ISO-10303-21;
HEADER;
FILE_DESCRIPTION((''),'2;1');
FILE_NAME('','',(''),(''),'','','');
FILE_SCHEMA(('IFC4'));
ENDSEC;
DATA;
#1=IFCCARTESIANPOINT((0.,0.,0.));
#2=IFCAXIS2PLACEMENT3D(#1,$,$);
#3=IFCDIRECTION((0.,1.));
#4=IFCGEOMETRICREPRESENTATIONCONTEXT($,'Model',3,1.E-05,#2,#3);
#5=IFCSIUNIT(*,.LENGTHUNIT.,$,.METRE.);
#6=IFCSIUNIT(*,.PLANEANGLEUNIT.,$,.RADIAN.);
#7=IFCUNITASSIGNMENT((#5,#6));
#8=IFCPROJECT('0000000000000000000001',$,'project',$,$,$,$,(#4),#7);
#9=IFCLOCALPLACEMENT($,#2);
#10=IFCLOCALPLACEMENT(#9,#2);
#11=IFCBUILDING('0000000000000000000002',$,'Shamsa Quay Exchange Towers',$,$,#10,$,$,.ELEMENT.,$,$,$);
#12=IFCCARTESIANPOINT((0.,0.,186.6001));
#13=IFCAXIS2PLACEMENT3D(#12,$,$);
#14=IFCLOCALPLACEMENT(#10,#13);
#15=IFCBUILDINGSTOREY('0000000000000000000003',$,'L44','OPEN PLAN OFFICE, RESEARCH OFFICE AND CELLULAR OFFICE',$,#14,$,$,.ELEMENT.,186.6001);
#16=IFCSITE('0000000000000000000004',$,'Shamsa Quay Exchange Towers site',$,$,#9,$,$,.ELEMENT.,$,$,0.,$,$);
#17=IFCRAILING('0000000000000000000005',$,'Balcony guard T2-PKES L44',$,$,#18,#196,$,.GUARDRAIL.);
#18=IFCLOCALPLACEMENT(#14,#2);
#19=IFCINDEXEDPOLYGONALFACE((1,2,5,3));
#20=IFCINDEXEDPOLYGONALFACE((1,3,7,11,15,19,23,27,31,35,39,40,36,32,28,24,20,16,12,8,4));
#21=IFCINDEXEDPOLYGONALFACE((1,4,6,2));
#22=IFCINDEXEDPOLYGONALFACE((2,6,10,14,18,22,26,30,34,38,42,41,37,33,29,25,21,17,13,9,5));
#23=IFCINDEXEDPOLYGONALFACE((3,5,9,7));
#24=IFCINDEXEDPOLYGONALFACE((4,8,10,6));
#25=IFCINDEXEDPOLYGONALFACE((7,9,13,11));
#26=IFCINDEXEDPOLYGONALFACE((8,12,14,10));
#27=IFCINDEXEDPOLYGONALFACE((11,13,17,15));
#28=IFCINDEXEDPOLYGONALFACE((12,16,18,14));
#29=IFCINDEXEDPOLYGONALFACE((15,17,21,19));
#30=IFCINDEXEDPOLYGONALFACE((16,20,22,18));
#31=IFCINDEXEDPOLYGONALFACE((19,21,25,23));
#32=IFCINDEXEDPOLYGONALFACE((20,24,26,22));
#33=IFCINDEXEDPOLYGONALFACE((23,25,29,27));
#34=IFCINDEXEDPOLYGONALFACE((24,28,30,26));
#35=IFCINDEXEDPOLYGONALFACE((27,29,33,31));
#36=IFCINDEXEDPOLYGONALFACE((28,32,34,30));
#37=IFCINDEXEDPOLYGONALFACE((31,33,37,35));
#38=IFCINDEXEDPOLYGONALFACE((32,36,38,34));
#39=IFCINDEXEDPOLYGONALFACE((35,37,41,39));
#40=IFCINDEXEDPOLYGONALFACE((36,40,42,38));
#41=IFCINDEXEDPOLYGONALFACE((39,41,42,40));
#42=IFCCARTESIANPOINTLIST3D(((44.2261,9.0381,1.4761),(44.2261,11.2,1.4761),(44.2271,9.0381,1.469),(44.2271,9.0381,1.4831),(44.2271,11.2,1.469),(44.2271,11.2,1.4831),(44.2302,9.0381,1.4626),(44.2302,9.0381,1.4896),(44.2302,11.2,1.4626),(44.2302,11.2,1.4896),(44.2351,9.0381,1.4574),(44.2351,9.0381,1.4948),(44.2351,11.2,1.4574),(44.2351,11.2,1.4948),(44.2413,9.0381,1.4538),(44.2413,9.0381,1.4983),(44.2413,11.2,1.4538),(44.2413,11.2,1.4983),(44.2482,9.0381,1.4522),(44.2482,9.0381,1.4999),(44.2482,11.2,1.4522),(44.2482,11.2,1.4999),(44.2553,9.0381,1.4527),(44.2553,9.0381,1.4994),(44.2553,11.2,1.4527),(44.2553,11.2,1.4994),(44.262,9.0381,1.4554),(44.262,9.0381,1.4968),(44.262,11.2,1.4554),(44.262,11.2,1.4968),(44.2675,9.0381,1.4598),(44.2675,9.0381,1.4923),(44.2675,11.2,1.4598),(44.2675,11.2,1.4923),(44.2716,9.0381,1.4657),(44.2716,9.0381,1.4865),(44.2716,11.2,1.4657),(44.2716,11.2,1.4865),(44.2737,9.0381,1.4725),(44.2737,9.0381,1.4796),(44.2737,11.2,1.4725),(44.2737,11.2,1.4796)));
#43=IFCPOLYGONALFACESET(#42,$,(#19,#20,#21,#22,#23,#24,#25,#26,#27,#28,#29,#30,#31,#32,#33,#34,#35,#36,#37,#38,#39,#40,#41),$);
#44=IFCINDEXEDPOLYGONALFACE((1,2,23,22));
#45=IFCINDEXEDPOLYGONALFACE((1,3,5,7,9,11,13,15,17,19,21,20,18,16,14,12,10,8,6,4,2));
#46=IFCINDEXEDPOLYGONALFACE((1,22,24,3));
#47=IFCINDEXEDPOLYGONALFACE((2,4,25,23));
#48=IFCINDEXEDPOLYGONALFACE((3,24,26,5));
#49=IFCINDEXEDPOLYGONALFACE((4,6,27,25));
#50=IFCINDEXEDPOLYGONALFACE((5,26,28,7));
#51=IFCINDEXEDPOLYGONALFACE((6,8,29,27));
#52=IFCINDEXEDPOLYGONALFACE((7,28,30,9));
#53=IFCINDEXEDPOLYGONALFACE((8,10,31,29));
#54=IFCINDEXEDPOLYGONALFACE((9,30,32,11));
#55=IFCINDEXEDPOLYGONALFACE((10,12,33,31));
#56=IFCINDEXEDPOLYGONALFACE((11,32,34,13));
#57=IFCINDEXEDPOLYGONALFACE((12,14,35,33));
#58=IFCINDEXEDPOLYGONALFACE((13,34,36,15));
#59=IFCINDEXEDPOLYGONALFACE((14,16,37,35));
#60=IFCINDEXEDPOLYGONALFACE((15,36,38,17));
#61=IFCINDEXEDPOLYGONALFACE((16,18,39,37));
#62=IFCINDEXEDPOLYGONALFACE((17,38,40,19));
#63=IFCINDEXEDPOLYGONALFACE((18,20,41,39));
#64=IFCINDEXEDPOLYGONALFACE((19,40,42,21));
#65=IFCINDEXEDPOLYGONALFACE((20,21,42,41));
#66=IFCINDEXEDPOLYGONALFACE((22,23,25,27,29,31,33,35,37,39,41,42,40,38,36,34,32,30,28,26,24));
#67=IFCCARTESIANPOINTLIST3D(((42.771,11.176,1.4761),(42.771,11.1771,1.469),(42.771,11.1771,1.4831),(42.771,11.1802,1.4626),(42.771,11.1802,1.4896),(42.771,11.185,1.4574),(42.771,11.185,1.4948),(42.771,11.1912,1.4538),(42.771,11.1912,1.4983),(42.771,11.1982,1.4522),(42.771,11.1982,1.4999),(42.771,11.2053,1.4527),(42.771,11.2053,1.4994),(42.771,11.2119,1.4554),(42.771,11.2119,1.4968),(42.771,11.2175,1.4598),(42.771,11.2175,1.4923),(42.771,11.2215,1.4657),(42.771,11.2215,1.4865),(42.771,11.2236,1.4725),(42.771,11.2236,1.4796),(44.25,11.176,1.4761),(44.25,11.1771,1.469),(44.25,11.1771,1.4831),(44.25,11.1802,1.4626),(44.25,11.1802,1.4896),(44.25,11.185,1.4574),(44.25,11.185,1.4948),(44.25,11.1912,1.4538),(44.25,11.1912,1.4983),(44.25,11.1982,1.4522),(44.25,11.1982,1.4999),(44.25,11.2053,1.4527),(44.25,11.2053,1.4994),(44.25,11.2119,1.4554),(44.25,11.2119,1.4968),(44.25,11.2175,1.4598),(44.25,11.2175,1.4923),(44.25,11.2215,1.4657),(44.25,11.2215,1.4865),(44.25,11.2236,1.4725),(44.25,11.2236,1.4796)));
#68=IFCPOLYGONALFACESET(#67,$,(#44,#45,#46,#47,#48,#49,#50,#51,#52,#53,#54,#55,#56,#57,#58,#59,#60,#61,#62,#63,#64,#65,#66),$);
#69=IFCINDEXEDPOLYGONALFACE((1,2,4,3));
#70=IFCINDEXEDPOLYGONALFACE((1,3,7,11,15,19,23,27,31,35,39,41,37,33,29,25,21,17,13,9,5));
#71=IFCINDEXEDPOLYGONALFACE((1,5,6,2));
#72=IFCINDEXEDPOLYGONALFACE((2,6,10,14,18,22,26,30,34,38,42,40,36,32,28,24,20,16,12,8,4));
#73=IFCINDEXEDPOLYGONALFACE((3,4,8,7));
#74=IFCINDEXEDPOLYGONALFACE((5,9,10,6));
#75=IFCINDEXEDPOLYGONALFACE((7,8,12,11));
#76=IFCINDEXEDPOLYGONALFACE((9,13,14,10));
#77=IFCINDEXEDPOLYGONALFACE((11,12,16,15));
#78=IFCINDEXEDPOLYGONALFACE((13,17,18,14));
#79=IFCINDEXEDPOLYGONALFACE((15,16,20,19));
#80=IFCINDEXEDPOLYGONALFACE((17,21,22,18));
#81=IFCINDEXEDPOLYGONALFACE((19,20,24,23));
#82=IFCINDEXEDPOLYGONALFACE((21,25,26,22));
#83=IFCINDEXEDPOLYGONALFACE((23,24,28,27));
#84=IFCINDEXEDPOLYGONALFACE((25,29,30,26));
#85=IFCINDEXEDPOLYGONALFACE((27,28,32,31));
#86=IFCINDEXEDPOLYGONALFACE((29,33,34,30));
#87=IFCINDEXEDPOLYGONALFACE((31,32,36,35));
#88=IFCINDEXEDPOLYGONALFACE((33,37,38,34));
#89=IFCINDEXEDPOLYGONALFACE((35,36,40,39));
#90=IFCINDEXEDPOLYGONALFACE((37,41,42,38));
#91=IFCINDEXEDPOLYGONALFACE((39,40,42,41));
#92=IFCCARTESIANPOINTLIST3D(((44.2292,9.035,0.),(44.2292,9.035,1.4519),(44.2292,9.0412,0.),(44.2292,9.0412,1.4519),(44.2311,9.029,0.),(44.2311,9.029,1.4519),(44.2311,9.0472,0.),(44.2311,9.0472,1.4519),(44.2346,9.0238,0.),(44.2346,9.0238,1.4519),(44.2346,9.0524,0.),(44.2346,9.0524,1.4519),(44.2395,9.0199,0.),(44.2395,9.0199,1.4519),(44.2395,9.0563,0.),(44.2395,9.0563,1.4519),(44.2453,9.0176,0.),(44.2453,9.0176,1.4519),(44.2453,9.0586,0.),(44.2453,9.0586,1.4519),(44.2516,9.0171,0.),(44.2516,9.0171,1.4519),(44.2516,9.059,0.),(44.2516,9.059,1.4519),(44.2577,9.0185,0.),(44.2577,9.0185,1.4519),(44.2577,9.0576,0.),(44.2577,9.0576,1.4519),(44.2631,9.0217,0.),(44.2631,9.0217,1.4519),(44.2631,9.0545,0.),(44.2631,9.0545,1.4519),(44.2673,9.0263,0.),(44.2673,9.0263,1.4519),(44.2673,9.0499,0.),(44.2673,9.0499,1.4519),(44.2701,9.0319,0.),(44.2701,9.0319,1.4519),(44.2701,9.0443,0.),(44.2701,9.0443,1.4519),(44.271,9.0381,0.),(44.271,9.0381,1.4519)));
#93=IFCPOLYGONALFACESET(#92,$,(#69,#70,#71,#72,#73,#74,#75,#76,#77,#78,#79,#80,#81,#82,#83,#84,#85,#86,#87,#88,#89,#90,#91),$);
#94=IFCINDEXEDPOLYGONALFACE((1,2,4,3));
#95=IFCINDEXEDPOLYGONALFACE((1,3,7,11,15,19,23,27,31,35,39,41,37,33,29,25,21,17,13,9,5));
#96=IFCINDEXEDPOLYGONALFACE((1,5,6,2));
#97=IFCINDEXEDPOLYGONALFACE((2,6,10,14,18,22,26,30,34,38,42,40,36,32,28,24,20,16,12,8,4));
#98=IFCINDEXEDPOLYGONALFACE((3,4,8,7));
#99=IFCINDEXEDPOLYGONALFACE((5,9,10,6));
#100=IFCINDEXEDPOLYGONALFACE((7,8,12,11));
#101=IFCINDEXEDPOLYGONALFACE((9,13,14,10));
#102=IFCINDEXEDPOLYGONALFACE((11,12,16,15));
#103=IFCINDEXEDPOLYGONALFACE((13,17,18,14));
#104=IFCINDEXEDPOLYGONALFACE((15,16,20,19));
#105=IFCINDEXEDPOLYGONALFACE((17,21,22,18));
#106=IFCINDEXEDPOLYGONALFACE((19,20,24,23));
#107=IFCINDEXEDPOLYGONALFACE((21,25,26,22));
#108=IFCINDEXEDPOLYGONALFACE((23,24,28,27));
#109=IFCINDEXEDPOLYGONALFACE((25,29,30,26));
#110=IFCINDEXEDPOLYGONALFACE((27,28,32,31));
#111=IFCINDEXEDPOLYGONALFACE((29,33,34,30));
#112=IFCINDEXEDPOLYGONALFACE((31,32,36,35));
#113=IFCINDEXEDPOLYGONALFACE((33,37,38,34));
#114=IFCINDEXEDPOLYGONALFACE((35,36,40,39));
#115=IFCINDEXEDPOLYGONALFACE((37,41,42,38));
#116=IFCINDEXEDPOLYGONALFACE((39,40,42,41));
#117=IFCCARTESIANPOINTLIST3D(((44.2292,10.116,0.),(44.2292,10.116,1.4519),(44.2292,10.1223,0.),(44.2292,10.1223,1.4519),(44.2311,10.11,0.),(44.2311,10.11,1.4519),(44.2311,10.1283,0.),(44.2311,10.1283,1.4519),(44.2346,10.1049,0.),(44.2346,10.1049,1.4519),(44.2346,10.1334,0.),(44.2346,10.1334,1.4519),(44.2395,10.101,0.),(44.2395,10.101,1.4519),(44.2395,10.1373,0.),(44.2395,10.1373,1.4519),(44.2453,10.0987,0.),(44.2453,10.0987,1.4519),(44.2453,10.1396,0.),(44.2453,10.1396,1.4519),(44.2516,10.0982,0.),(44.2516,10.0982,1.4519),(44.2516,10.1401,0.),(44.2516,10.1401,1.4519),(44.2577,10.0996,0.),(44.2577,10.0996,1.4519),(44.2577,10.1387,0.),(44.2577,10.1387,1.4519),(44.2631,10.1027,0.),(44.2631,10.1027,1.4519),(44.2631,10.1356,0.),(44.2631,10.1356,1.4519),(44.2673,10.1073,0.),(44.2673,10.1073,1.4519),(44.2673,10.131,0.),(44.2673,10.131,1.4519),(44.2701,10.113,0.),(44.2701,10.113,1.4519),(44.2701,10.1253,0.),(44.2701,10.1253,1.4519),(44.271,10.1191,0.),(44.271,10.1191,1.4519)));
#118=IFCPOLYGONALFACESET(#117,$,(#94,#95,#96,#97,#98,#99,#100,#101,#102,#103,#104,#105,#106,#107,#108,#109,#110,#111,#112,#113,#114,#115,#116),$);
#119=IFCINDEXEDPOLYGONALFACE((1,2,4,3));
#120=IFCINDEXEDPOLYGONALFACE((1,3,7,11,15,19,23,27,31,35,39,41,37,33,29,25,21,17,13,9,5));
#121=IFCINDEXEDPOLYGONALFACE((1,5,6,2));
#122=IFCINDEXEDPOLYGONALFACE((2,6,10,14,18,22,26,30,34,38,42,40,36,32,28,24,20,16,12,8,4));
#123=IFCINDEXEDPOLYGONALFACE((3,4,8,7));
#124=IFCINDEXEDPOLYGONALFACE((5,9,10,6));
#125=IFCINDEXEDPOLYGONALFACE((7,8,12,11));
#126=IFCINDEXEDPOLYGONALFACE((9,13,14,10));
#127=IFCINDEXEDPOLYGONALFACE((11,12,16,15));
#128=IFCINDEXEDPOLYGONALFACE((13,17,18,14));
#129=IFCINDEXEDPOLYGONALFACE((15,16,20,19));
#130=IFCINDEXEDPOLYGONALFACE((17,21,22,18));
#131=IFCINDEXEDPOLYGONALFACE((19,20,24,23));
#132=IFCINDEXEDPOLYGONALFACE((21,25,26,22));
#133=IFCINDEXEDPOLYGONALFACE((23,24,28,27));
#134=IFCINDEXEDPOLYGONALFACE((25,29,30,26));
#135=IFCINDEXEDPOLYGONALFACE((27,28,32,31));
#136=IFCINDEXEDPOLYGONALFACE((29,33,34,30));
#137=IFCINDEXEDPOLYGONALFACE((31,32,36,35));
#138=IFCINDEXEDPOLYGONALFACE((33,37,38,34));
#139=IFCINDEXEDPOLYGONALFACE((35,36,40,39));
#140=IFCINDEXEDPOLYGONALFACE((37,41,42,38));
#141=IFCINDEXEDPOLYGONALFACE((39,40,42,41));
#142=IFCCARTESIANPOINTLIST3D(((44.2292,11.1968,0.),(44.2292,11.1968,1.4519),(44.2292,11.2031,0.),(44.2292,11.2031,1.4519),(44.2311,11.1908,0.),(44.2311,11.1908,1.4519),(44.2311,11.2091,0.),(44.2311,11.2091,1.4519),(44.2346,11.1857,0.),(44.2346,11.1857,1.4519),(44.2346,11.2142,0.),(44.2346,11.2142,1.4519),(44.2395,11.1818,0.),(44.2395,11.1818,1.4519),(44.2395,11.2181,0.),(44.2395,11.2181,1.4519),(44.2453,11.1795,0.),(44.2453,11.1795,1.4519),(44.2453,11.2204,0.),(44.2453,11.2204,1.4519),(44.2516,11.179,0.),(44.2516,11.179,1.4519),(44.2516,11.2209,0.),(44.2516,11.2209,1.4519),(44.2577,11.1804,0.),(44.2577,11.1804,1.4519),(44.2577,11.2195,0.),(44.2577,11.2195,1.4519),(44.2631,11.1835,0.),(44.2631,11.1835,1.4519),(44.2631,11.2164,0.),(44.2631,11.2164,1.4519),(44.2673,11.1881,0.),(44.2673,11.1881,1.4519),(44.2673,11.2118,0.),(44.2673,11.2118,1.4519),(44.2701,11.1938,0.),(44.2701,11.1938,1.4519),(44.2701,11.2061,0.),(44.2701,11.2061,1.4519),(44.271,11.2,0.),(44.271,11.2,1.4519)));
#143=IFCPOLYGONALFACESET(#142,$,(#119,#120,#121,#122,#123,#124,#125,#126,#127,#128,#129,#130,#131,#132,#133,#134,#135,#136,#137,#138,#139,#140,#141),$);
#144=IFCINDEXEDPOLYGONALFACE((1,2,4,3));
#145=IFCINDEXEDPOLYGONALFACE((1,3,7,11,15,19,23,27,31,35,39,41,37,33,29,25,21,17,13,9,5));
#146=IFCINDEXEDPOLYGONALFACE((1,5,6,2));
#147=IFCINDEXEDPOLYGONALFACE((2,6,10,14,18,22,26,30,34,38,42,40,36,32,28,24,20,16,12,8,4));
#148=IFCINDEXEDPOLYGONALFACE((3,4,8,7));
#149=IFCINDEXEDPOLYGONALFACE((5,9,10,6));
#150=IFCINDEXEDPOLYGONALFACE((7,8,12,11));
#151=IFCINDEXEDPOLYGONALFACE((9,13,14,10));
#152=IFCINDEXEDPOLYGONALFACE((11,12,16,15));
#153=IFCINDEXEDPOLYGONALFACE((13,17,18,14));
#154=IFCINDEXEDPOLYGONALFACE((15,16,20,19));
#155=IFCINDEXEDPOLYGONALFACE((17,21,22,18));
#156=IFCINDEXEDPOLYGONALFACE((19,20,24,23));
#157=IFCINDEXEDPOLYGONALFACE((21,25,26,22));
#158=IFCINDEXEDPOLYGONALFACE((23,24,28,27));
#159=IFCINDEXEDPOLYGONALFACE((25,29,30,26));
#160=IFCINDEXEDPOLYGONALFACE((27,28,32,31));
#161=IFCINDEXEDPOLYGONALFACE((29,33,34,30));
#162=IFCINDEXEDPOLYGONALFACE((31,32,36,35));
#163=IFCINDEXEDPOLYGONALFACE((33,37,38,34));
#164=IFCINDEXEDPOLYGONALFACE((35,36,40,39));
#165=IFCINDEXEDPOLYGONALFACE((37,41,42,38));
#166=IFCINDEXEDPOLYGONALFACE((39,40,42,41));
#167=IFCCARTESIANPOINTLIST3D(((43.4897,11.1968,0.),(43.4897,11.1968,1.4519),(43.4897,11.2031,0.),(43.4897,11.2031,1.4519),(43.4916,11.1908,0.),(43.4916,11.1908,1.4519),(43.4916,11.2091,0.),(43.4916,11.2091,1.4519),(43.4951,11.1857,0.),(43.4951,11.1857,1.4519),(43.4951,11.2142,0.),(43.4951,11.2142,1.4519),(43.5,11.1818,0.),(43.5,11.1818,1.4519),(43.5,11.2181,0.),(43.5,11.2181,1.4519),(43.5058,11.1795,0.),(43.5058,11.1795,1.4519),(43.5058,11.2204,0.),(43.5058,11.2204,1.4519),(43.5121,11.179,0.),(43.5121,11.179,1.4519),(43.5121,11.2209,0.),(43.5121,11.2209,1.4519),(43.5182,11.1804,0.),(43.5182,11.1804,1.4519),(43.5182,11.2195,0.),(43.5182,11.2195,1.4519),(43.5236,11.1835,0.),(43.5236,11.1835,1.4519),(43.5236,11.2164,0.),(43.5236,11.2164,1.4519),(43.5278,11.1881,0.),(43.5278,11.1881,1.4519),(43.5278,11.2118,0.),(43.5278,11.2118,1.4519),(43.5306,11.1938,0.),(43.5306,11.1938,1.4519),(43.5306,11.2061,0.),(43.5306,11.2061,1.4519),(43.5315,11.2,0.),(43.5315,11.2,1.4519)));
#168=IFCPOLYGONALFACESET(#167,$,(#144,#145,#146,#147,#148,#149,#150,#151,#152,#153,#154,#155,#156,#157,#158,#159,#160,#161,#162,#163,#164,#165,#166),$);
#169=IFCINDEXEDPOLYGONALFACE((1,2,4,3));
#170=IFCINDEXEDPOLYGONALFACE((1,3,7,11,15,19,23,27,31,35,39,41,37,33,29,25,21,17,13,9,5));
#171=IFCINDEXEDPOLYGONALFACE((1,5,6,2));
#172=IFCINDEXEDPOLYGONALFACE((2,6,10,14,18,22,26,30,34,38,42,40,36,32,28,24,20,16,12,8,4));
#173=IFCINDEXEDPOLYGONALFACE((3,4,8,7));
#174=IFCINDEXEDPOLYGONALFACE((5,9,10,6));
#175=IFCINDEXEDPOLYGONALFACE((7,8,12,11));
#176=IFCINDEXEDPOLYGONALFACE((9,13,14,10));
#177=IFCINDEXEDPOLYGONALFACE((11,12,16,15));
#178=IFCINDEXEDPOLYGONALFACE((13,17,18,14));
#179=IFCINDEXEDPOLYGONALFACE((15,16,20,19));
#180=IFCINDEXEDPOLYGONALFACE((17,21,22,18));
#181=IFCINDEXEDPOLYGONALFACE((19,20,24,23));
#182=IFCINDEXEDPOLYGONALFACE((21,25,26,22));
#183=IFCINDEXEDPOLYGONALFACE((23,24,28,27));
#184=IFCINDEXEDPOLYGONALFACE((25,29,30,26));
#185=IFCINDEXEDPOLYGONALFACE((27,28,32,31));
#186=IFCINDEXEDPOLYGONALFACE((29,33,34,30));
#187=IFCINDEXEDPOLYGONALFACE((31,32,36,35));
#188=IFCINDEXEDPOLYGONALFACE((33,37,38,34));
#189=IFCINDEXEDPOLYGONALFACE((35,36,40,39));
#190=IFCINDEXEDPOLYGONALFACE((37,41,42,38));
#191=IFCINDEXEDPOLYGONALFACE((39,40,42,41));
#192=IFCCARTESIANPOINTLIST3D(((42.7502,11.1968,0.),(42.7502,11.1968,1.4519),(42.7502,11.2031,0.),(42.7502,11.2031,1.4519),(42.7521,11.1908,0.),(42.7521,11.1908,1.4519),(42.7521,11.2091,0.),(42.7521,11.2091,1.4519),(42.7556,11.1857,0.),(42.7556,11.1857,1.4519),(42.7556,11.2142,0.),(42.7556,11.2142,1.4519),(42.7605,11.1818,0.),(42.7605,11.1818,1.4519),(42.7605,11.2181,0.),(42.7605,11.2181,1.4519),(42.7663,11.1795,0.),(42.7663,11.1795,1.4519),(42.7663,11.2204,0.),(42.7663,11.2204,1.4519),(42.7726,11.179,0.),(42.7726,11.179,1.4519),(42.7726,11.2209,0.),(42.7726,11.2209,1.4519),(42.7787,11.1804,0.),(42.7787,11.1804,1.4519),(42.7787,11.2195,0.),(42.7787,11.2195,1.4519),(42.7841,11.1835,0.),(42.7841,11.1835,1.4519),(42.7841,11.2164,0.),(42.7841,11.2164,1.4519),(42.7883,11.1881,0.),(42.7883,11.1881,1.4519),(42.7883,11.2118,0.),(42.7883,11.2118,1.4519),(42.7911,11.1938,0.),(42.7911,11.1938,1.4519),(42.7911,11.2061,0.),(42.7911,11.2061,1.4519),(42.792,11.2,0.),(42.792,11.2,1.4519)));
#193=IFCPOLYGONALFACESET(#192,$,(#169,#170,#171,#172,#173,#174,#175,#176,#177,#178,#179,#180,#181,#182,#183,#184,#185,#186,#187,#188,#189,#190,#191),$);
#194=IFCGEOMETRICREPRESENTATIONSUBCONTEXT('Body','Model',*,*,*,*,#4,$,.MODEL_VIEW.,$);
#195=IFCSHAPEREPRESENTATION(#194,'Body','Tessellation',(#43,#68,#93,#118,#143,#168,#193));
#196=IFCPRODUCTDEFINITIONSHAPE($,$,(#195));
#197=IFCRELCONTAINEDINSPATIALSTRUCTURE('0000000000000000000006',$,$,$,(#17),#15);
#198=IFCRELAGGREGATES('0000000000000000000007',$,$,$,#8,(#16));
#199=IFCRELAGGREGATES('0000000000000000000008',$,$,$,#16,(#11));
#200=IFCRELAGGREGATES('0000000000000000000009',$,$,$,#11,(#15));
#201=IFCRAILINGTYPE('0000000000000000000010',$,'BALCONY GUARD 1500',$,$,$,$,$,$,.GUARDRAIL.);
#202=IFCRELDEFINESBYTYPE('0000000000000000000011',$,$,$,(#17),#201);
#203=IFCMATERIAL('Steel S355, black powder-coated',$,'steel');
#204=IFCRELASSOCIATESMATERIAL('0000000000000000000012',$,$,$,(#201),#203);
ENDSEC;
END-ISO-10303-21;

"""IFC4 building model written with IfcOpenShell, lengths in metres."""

from ifc_helpers import new_model, si_unit, direction, frame, origin, origin_2d, place, context, subcontext, project, spatial, circle, extrude, material, type_object, element, save


model = new_model("IFC4")

# Units and contexts
model_context = context("Model", 3, precision=1e-05, world=origin(), true_north=direction((0.0, 1.0)))
body_context = subcontext(model_context, "Body", "Model", "MODEL_VIEW")
ifc_project = project(units=[si_unit("LENGTHUNIT", "METRE"), si_unit("PLANEANGLEUNIT", "RADIAN")], contexts=[model_context])

# Site, building, storey
site_placement = place(None, origin())
site = spatial("IfcSite", under=ifc_project, at=site_placement, Name="Shamsa Quay Exchange Towers site", CompositionType="ELEMENT", RefElevation=0.0)
building_placement = place(site_placement, origin())
building = spatial("IfcBuilding", under=site, at=building_placement, Name="Shamsa Quay Exchange Towers", CompositionType="ELEMENT")
storey_placement = place(building_placement, frame((0.0, 0.0, 186.6001)))
storey = spatial("IfcBuildingStorey", under=building, at=storey_placement, Name="L44", Description="OPEN PLAN OFFICE, RESEARCH OFFICE AND CELLULAR OFFICE", CompositionType="ELEMENT", Elevation=186.6001)

# Railing
ifc_material_1 = material(Name="Steel S355, black powder-coated", Category="steel")
railing_type_1 = type_object("IfcRailingType", Name="BALCONY GUARD 1500", PredefinedType="GUARDRAIL", material=ifc_material_1)
for number, where, name in (
    (1, (44.25, 9.0381, 0.0), "Balcony guard T2-PKES L44"),
):
    element("IfcRailing", number, at=place(storey_placement, frame(where)), inside=storey, type_object=railing_type_1, Name=name, PredefinedType="GUARDRAIL", context=body_context, shape_type="SweptSolid", body=[
        extrude(circle(Radius=0.0239, at=origin_2d()), frame((0.0, 0.0, 1.4761), z_axis=(0.0, 1.0, 0.0), x_axis=(-1.0, 0.0, 0.0)), (0.0, 0.0, 1.0), 2.1619),
        extrude(circle(Radius=0.0239, at=origin_2d()), frame((0.0, 2.1619, 1.4761), z_axis=(-1.0, 0.0, 0.0), x_axis=(0.0, -1.0, 0.0)), (0.0, 0.0, 1.0), 1.479),
        extrude(circle(Radius=0.021, at=origin_2d()), origin(), (0.0, 0.0, 1.0), 1.4519),
        extrude(circle(Radius=0.021, at=origin_2d()), frame((0.0, 1.0811, 0.0)), (0.0, 0.0, 1.0), 1.4519),
        extrude(circle(Radius=0.021, at=origin_2d()), frame((0.0, 2.1619, 0.0)), (0.0, 0.0, 1.0), 1.4519),
        extrude(circle(Radius=0.021, at=origin_2d()), frame((-0.7395, 2.1619, 0.0)), (0.0, 0.0, 1.0), 1.4519),
        extrude(circle(Radius=0.021, at=origin_2d()), frame((-1.479, 2.1619, 0.0)), (0.0, 0.0, 1.0), 1.4519),
    ])

save(model, "model.ifc")
